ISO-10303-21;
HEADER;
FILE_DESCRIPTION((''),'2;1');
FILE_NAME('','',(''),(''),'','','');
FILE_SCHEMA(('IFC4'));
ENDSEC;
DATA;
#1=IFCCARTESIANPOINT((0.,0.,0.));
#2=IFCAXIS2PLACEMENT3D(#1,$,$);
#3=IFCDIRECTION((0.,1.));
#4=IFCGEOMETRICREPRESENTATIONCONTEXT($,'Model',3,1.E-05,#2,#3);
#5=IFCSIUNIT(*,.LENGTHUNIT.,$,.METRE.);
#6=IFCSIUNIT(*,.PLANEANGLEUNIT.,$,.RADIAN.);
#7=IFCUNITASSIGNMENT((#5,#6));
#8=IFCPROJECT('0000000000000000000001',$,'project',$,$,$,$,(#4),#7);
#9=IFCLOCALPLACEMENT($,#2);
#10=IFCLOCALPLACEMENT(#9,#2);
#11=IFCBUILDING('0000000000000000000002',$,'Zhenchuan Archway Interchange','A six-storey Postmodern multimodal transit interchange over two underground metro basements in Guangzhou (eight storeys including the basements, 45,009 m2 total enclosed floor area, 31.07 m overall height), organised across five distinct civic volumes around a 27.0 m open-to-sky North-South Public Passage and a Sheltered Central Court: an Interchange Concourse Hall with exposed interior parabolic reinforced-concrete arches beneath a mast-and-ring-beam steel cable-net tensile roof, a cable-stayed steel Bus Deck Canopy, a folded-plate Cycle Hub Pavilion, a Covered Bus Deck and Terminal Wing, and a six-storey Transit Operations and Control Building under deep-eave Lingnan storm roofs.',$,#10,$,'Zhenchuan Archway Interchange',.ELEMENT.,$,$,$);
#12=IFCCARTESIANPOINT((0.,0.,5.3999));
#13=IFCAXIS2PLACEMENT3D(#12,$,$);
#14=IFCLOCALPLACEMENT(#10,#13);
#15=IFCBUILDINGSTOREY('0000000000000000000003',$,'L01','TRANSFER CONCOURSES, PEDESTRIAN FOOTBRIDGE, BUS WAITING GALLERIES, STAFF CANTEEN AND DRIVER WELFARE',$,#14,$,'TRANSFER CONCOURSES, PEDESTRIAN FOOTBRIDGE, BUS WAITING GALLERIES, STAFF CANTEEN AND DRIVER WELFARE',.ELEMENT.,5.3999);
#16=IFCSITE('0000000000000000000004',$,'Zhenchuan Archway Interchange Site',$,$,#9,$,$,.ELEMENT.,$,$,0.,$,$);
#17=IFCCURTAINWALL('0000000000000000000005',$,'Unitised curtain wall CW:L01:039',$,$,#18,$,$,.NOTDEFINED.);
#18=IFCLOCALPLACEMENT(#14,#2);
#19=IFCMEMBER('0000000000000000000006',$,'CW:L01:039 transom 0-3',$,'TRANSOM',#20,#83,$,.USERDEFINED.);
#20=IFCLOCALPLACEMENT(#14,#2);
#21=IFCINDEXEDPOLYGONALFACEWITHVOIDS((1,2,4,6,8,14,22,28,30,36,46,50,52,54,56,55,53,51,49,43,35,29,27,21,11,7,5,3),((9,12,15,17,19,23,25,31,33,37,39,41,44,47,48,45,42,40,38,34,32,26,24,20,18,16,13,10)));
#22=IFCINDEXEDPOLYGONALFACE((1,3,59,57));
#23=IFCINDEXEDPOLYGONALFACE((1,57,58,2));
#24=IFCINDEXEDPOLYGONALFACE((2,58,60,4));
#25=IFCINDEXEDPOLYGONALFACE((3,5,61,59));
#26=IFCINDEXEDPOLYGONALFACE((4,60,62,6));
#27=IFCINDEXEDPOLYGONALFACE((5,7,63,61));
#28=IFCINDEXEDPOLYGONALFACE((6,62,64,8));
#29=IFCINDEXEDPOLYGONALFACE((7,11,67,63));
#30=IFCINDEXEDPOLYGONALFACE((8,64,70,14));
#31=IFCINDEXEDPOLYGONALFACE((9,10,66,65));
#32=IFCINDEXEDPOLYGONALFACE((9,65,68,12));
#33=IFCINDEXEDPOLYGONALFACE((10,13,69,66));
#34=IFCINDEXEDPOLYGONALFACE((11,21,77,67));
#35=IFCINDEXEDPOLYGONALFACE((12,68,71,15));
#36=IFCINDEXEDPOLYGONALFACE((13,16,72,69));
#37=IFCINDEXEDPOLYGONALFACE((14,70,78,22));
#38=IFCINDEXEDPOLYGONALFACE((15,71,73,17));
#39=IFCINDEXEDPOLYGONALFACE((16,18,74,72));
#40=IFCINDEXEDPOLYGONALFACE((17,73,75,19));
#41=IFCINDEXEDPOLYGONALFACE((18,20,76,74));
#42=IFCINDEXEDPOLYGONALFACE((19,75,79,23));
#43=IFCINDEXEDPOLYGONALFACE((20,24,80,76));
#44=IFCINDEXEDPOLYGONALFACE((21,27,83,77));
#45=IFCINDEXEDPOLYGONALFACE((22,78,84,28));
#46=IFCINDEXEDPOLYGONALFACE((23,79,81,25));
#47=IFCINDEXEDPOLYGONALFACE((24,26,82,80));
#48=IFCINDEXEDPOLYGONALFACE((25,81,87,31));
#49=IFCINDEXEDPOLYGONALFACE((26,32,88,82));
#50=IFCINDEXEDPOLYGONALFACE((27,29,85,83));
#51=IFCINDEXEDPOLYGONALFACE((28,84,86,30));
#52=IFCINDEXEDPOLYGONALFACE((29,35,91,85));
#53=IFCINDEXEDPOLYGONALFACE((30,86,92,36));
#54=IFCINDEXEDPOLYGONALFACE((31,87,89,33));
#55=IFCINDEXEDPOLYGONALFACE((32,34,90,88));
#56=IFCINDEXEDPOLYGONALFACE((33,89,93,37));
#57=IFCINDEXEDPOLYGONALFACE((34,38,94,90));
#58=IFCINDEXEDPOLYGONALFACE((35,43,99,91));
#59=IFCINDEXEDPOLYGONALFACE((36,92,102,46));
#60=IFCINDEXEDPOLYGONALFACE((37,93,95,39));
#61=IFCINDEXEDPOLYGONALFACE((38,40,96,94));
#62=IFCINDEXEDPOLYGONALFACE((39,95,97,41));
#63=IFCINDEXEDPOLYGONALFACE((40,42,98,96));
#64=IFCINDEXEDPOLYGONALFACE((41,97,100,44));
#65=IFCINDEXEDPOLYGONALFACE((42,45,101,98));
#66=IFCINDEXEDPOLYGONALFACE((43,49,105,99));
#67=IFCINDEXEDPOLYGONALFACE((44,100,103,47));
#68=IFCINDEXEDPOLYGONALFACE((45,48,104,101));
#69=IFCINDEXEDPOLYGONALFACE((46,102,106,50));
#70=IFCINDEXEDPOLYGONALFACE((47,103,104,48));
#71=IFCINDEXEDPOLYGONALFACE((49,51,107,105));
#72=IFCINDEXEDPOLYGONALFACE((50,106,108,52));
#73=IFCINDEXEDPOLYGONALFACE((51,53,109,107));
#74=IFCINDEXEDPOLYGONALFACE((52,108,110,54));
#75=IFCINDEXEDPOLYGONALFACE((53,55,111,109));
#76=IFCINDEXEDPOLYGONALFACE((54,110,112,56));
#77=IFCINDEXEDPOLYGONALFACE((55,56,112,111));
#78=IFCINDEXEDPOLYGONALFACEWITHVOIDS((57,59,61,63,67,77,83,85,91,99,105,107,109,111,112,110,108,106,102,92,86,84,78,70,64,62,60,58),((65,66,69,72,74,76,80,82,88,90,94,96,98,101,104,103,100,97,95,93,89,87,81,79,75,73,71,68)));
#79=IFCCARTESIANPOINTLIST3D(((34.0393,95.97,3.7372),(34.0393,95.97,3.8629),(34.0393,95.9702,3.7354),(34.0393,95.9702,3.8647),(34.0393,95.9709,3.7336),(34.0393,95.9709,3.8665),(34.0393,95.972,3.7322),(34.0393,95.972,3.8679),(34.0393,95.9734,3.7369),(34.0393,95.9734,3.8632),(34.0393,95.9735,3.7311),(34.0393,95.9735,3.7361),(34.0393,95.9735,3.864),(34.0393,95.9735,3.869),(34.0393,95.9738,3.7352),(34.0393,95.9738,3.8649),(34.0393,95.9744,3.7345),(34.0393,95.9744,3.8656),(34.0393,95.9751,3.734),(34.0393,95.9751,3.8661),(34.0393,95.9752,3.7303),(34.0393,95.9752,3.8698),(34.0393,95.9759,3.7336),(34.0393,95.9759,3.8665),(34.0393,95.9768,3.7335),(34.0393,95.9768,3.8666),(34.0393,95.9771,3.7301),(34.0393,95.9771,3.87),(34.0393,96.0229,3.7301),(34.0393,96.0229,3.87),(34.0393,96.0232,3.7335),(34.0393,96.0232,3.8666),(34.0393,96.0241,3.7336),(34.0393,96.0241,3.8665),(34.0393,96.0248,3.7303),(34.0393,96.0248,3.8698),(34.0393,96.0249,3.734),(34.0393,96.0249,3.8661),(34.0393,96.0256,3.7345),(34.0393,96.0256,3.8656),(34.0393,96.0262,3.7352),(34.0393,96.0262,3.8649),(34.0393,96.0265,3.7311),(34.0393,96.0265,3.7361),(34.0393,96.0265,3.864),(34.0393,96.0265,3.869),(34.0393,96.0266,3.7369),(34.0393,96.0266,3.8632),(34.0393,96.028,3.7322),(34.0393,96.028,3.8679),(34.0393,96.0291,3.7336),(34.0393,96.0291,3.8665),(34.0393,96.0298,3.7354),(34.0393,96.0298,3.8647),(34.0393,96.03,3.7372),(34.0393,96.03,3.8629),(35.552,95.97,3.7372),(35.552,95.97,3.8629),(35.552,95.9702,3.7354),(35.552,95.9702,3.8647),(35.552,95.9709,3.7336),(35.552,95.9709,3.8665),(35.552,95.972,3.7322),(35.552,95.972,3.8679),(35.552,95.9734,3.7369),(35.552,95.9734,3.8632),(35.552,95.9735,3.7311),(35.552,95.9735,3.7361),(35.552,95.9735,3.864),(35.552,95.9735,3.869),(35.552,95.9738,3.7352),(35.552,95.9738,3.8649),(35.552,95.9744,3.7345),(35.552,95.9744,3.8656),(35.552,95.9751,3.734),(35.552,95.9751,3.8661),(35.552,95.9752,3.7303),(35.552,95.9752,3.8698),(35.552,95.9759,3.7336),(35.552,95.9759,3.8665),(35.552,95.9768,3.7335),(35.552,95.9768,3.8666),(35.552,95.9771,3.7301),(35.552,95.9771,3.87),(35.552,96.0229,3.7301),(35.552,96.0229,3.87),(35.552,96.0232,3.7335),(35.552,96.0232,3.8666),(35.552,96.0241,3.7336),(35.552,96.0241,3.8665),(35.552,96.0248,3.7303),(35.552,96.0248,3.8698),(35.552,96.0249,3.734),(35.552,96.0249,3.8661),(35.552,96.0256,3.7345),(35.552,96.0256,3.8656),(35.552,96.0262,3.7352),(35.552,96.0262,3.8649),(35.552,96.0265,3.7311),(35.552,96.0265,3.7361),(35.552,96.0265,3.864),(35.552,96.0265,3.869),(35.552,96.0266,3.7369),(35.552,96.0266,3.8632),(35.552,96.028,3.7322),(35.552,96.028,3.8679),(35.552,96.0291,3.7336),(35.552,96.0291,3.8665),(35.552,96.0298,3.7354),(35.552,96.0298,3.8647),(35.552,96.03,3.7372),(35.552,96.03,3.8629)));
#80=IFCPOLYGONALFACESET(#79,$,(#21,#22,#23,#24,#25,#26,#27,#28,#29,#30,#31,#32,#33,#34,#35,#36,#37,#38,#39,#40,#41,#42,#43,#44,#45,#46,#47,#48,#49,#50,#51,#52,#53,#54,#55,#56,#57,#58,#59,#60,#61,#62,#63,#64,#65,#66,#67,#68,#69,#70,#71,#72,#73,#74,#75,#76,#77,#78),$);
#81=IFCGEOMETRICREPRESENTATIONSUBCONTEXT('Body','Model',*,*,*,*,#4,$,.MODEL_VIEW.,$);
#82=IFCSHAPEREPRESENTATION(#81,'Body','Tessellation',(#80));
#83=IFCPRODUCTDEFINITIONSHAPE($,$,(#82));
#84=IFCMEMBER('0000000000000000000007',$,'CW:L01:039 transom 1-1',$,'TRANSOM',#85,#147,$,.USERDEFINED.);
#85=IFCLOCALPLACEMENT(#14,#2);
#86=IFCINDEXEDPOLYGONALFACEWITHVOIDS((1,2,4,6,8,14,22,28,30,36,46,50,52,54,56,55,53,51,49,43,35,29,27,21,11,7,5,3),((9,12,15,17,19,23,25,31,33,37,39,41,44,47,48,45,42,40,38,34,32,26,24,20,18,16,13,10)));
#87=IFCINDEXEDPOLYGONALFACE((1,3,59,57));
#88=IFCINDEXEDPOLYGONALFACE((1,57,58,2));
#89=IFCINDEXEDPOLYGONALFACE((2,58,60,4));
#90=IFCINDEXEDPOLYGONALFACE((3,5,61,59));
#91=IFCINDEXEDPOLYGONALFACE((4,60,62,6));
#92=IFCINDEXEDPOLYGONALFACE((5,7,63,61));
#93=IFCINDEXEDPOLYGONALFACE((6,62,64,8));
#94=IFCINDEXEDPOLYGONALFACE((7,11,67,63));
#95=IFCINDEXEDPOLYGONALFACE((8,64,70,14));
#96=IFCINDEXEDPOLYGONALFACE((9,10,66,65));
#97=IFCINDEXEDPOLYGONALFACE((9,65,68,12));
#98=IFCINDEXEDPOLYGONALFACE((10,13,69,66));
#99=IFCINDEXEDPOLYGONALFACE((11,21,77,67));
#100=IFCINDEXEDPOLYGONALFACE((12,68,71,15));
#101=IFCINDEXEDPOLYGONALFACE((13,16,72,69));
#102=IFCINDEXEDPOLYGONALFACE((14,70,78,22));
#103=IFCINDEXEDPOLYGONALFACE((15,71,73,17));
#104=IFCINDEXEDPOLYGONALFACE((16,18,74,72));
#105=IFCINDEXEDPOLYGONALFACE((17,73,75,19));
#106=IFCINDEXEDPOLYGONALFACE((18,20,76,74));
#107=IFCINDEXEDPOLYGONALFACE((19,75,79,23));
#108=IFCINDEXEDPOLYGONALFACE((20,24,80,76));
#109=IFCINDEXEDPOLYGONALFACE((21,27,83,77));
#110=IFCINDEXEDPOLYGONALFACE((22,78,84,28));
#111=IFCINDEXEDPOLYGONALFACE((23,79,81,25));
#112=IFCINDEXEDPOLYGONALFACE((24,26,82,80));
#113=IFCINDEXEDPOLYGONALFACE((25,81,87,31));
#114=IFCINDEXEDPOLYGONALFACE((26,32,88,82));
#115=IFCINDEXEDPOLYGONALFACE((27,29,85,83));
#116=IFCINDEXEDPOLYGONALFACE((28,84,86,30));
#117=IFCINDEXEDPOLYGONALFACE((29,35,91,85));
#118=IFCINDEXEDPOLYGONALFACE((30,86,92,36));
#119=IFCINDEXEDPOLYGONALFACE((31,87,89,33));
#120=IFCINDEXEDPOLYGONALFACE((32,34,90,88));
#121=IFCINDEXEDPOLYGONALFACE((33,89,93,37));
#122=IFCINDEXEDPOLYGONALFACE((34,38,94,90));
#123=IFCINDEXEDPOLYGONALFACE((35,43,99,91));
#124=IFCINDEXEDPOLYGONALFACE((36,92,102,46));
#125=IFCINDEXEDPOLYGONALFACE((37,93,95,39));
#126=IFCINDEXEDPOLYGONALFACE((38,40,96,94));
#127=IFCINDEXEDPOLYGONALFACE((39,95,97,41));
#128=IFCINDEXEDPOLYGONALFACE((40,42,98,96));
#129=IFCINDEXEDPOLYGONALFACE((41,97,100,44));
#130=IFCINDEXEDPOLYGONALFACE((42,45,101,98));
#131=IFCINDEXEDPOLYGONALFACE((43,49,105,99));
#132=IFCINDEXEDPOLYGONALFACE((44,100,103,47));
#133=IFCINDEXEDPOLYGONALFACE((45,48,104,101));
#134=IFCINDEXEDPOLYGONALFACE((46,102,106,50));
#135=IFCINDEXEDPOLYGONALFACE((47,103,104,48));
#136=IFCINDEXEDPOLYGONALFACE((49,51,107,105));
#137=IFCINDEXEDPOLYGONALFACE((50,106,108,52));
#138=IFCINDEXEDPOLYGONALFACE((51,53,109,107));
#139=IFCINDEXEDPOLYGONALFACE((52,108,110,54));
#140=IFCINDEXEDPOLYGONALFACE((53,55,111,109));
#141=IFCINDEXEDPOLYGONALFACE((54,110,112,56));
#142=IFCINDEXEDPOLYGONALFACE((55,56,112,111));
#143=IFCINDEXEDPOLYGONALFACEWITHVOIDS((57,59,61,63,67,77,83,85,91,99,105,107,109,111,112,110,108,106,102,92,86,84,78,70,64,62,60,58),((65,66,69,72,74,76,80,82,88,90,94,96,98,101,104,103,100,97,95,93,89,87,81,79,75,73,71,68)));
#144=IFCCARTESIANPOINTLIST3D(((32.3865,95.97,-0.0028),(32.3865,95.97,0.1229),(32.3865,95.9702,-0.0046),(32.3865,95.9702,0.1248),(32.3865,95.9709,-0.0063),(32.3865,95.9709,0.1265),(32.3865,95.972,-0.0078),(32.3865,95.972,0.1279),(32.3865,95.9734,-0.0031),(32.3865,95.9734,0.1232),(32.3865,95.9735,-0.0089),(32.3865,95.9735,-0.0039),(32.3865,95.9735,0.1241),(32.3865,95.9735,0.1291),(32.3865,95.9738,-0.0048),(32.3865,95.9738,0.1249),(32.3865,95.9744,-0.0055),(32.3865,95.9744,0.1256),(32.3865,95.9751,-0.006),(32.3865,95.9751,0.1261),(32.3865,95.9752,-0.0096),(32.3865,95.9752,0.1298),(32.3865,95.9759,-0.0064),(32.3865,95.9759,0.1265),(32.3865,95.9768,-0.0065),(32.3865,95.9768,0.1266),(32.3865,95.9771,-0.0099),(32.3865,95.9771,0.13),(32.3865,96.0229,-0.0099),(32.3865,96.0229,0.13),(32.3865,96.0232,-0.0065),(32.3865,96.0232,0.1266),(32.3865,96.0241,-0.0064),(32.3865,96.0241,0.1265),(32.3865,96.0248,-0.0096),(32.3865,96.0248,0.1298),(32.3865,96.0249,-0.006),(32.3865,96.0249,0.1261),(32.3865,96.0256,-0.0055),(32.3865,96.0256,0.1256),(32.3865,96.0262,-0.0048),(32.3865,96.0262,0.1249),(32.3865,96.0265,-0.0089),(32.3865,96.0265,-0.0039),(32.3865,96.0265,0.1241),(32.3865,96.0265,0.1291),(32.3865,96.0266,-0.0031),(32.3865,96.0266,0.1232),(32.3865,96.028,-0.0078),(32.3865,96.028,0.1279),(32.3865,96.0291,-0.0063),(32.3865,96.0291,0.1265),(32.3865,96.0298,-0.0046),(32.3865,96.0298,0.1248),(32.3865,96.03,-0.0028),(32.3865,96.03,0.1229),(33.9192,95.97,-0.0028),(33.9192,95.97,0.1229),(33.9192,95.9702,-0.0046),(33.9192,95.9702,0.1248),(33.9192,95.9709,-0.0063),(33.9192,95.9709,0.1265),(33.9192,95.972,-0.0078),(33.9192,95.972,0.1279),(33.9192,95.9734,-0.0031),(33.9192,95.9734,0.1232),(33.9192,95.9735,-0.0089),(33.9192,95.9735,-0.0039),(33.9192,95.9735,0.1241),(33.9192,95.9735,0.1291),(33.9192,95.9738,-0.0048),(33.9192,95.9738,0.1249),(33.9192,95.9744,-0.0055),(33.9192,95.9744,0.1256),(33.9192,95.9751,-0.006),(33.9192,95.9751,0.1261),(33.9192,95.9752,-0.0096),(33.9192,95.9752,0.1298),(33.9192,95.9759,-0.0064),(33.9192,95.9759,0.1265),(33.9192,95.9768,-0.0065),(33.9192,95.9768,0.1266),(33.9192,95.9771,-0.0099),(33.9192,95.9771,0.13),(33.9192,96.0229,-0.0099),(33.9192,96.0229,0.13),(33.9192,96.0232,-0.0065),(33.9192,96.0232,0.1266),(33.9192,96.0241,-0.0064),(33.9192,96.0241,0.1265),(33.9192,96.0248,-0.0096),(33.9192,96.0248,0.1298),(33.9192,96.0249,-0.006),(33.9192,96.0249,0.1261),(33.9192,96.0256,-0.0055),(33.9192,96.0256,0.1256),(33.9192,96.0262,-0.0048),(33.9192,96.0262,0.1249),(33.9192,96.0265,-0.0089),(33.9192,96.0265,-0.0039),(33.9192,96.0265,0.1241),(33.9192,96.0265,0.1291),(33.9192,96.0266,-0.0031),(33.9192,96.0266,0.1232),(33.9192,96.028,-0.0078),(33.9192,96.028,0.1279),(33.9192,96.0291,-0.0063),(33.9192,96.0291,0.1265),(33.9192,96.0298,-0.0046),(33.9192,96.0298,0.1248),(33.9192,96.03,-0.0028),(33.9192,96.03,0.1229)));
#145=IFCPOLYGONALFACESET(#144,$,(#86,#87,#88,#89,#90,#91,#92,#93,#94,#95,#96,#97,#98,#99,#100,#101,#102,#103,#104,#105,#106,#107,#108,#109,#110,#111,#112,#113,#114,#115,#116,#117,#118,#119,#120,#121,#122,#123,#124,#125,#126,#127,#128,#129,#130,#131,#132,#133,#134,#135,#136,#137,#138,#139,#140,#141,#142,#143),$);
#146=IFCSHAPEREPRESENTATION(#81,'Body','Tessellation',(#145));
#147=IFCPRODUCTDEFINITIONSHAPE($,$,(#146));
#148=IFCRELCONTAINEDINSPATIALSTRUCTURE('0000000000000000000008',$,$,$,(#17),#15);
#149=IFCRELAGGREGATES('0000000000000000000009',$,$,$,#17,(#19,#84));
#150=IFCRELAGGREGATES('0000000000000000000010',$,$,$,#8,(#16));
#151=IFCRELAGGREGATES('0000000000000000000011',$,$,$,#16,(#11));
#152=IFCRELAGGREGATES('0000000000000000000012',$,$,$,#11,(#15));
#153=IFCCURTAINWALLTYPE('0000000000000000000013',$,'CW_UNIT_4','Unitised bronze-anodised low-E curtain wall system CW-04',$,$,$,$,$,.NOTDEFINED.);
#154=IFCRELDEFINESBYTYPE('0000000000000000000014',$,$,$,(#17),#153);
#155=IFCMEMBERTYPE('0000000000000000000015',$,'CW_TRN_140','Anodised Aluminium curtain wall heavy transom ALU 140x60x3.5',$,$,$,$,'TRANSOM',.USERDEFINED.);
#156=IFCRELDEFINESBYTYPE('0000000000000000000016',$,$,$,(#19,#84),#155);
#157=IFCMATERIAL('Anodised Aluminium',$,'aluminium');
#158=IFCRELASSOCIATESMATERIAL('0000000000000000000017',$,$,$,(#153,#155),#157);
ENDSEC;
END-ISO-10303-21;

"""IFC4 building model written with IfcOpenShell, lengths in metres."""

from ifc_helpers import new_model, si_unit, direction, frame, origin, origin_2d, place, context, subcontext, project, spatial, hollow_rectangle, extrude, material, material_profile, profile_set, type_object, element, aggregate, save


model = new_model("IFC4")

# Units and contexts
model_context = context("Model", 3, precision=1e-05, world=origin(), true_north=direction((0.0, 1.0)))
body_context = subcontext(model_context, "Body", "Model", "MODEL_VIEW")
ifc_project = project(units=[si_unit("LENGTHUNIT", "METRE"), si_unit("PLANEANGLEUNIT", "RADIAN")], contexts=[model_context])

# Site, building, storey
site_placement = place(None, origin())
site = spatial("IfcSite", under=ifc_project, at=site_placement, Name="Zhenchuan Archway Interchange Site", CompositionType="ELEMENT", RefElevation=0.0)
building_placement = place(site_placement, origin())
building = spatial("IfcBuilding", under=site, at=building_placement, Name="Zhenchuan Archway Interchange", Description="A six-storey Postmodern multimodal transit interchange over two underground metro basements in Guangzhou (eight storeys including the basements, 45,009 m2 total enclosed floor area, 31.07 m overall height), organised across five distinct civic volumes around a 27.0 m open-to-sky North-South Public Passage and a Sheltered Central Court: an Interchange Concourse Hall with exposed interior parabolic reinforced-concrete arches beneath a mast-and-ring-beam steel cable-net tensile roof, a cable-stayed steel Bus Deck Canopy, a folded-plate Cycle Hub Pavilion, a Covered Bus Deck and Terminal Wing, and a six-storey Transit Operations and Control Building under deep-eave Lingnan storm roofs.", LongName="Zhenchuan Archway Interchange", CompositionType="ELEMENT")
storey_placement = place(building_placement, frame((0.0, 0.0, 5.3999)))
storey = spatial("IfcBuildingStorey", under=building, at=storey_placement, Name="L01", Description="TRANSFER CONCOURSES, PEDESTRIAN FOOTBRIDGE, BUS WAITING GALLERIES, STAFF CANTEEN AND DRIVER WELFARE", LongName="TRANSFER CONCOURSES, PEDESTRIAN FOOTBRIDGE, BUS WAITING GALLERIES, STAFF CANTEEN AND DRIVER WELFARE", CompositionType="ELEMENT", Elevation=5.3999)

# Curtain wall, members
ifc_material_1 = material(Name="Anodised Aluminium", Category="aluminium")
curtain_wall_type = type_object("IfcCurtainWallType", Name="CW_UNIT_4", Description="Unitised bronze-anodised low-E curtain wall system CW-04", PredefinedType="NOTDEFINED", material=ifc_material_1)
curtain_wall_placement = place(storey_placement, origin())
curtain_wall = element("IfcCurtainWall", 1, at=curtain_wall_placement, inside=storey, type_object=curtain_wall_type, Name="Unitised curtain wall CW:L01:039", PredefinedType="NOTDEFINED")
ifc_material_profile_1 = material_profile(ifc_material_1, hollow_rectangle(XDim=0.0601, YDim=0.1399, WallThickness=0.0034, InnerFilletRadius=0.0034, OuterFilletRadius=0.0071, at=origin_2d()), Name="ALU 140x60x3.5")
ifc_profile_set_1 = profile_set([ifc_material_profile_1], Name="Anodised Aluminium")
member_type_1 = type_object("IfcMemberType", Name="CW_TRN_140", Description="Anodised Aluminium curtain wall heavy transom ALU 140x60x3.5", ElementType="TRANSOM", PredefinedType="USERDEFINED", material=ifc_profile_set_1)
member_1_placement = place(storey_placement, frame((35.552, 96.0, 3.8), z_axis=(-1.0, 0.0, 0.0), x_axis=(0.0, -1.0, 0.0)))
member_1 = element("IfcMember", 2, at=member_1_placement, type_object=member_type_1, Name="CW:L01:039 transom 0-3", ObjectType="TRANSOM", PredefinedType="USERDEFINED", context=body_context, shape_type="SweptSolid", body=[
    extrude(hollow_rectangle(XDim=0.0601, YDim=0.1399, WallThickness=0.0034, InnerFilletRadius=0.0034, OuterFilletRadius=0.0071, at=origin_2d()), origin(), (0.0, 0.0, 1.0), 1.5127),
])
member_2_placement = place(storey_placement, frame((33.9192, 96.0, 0.0601), z_axis=(-1.0, 0.0, 0.0), x_axis=(0.0, -1.0, 0.0)))
member_2 = element("IfcMember", 3, at=member_2_placement, type_object=member_type_1, Name="CW:L01:039 transom 1-1", ObjectType="TRANSOM", PredefinedType="USERDEFINED", context=body_context, shape_type="SweptSolid", body=[
    extrude(hollow_rectangle(XDim=0.0601, YDim=0.1399, WallThickness=0.0034, InnerFilletRadius=0.0034, OuterFilletRadius=0.0071, at=origin_2d()), origin(), (0.0, 0.0, 1.0), 1.5327),
])

aggregate(curtain_wall, [member_1, member_2])

save(model, "model.ifc")
